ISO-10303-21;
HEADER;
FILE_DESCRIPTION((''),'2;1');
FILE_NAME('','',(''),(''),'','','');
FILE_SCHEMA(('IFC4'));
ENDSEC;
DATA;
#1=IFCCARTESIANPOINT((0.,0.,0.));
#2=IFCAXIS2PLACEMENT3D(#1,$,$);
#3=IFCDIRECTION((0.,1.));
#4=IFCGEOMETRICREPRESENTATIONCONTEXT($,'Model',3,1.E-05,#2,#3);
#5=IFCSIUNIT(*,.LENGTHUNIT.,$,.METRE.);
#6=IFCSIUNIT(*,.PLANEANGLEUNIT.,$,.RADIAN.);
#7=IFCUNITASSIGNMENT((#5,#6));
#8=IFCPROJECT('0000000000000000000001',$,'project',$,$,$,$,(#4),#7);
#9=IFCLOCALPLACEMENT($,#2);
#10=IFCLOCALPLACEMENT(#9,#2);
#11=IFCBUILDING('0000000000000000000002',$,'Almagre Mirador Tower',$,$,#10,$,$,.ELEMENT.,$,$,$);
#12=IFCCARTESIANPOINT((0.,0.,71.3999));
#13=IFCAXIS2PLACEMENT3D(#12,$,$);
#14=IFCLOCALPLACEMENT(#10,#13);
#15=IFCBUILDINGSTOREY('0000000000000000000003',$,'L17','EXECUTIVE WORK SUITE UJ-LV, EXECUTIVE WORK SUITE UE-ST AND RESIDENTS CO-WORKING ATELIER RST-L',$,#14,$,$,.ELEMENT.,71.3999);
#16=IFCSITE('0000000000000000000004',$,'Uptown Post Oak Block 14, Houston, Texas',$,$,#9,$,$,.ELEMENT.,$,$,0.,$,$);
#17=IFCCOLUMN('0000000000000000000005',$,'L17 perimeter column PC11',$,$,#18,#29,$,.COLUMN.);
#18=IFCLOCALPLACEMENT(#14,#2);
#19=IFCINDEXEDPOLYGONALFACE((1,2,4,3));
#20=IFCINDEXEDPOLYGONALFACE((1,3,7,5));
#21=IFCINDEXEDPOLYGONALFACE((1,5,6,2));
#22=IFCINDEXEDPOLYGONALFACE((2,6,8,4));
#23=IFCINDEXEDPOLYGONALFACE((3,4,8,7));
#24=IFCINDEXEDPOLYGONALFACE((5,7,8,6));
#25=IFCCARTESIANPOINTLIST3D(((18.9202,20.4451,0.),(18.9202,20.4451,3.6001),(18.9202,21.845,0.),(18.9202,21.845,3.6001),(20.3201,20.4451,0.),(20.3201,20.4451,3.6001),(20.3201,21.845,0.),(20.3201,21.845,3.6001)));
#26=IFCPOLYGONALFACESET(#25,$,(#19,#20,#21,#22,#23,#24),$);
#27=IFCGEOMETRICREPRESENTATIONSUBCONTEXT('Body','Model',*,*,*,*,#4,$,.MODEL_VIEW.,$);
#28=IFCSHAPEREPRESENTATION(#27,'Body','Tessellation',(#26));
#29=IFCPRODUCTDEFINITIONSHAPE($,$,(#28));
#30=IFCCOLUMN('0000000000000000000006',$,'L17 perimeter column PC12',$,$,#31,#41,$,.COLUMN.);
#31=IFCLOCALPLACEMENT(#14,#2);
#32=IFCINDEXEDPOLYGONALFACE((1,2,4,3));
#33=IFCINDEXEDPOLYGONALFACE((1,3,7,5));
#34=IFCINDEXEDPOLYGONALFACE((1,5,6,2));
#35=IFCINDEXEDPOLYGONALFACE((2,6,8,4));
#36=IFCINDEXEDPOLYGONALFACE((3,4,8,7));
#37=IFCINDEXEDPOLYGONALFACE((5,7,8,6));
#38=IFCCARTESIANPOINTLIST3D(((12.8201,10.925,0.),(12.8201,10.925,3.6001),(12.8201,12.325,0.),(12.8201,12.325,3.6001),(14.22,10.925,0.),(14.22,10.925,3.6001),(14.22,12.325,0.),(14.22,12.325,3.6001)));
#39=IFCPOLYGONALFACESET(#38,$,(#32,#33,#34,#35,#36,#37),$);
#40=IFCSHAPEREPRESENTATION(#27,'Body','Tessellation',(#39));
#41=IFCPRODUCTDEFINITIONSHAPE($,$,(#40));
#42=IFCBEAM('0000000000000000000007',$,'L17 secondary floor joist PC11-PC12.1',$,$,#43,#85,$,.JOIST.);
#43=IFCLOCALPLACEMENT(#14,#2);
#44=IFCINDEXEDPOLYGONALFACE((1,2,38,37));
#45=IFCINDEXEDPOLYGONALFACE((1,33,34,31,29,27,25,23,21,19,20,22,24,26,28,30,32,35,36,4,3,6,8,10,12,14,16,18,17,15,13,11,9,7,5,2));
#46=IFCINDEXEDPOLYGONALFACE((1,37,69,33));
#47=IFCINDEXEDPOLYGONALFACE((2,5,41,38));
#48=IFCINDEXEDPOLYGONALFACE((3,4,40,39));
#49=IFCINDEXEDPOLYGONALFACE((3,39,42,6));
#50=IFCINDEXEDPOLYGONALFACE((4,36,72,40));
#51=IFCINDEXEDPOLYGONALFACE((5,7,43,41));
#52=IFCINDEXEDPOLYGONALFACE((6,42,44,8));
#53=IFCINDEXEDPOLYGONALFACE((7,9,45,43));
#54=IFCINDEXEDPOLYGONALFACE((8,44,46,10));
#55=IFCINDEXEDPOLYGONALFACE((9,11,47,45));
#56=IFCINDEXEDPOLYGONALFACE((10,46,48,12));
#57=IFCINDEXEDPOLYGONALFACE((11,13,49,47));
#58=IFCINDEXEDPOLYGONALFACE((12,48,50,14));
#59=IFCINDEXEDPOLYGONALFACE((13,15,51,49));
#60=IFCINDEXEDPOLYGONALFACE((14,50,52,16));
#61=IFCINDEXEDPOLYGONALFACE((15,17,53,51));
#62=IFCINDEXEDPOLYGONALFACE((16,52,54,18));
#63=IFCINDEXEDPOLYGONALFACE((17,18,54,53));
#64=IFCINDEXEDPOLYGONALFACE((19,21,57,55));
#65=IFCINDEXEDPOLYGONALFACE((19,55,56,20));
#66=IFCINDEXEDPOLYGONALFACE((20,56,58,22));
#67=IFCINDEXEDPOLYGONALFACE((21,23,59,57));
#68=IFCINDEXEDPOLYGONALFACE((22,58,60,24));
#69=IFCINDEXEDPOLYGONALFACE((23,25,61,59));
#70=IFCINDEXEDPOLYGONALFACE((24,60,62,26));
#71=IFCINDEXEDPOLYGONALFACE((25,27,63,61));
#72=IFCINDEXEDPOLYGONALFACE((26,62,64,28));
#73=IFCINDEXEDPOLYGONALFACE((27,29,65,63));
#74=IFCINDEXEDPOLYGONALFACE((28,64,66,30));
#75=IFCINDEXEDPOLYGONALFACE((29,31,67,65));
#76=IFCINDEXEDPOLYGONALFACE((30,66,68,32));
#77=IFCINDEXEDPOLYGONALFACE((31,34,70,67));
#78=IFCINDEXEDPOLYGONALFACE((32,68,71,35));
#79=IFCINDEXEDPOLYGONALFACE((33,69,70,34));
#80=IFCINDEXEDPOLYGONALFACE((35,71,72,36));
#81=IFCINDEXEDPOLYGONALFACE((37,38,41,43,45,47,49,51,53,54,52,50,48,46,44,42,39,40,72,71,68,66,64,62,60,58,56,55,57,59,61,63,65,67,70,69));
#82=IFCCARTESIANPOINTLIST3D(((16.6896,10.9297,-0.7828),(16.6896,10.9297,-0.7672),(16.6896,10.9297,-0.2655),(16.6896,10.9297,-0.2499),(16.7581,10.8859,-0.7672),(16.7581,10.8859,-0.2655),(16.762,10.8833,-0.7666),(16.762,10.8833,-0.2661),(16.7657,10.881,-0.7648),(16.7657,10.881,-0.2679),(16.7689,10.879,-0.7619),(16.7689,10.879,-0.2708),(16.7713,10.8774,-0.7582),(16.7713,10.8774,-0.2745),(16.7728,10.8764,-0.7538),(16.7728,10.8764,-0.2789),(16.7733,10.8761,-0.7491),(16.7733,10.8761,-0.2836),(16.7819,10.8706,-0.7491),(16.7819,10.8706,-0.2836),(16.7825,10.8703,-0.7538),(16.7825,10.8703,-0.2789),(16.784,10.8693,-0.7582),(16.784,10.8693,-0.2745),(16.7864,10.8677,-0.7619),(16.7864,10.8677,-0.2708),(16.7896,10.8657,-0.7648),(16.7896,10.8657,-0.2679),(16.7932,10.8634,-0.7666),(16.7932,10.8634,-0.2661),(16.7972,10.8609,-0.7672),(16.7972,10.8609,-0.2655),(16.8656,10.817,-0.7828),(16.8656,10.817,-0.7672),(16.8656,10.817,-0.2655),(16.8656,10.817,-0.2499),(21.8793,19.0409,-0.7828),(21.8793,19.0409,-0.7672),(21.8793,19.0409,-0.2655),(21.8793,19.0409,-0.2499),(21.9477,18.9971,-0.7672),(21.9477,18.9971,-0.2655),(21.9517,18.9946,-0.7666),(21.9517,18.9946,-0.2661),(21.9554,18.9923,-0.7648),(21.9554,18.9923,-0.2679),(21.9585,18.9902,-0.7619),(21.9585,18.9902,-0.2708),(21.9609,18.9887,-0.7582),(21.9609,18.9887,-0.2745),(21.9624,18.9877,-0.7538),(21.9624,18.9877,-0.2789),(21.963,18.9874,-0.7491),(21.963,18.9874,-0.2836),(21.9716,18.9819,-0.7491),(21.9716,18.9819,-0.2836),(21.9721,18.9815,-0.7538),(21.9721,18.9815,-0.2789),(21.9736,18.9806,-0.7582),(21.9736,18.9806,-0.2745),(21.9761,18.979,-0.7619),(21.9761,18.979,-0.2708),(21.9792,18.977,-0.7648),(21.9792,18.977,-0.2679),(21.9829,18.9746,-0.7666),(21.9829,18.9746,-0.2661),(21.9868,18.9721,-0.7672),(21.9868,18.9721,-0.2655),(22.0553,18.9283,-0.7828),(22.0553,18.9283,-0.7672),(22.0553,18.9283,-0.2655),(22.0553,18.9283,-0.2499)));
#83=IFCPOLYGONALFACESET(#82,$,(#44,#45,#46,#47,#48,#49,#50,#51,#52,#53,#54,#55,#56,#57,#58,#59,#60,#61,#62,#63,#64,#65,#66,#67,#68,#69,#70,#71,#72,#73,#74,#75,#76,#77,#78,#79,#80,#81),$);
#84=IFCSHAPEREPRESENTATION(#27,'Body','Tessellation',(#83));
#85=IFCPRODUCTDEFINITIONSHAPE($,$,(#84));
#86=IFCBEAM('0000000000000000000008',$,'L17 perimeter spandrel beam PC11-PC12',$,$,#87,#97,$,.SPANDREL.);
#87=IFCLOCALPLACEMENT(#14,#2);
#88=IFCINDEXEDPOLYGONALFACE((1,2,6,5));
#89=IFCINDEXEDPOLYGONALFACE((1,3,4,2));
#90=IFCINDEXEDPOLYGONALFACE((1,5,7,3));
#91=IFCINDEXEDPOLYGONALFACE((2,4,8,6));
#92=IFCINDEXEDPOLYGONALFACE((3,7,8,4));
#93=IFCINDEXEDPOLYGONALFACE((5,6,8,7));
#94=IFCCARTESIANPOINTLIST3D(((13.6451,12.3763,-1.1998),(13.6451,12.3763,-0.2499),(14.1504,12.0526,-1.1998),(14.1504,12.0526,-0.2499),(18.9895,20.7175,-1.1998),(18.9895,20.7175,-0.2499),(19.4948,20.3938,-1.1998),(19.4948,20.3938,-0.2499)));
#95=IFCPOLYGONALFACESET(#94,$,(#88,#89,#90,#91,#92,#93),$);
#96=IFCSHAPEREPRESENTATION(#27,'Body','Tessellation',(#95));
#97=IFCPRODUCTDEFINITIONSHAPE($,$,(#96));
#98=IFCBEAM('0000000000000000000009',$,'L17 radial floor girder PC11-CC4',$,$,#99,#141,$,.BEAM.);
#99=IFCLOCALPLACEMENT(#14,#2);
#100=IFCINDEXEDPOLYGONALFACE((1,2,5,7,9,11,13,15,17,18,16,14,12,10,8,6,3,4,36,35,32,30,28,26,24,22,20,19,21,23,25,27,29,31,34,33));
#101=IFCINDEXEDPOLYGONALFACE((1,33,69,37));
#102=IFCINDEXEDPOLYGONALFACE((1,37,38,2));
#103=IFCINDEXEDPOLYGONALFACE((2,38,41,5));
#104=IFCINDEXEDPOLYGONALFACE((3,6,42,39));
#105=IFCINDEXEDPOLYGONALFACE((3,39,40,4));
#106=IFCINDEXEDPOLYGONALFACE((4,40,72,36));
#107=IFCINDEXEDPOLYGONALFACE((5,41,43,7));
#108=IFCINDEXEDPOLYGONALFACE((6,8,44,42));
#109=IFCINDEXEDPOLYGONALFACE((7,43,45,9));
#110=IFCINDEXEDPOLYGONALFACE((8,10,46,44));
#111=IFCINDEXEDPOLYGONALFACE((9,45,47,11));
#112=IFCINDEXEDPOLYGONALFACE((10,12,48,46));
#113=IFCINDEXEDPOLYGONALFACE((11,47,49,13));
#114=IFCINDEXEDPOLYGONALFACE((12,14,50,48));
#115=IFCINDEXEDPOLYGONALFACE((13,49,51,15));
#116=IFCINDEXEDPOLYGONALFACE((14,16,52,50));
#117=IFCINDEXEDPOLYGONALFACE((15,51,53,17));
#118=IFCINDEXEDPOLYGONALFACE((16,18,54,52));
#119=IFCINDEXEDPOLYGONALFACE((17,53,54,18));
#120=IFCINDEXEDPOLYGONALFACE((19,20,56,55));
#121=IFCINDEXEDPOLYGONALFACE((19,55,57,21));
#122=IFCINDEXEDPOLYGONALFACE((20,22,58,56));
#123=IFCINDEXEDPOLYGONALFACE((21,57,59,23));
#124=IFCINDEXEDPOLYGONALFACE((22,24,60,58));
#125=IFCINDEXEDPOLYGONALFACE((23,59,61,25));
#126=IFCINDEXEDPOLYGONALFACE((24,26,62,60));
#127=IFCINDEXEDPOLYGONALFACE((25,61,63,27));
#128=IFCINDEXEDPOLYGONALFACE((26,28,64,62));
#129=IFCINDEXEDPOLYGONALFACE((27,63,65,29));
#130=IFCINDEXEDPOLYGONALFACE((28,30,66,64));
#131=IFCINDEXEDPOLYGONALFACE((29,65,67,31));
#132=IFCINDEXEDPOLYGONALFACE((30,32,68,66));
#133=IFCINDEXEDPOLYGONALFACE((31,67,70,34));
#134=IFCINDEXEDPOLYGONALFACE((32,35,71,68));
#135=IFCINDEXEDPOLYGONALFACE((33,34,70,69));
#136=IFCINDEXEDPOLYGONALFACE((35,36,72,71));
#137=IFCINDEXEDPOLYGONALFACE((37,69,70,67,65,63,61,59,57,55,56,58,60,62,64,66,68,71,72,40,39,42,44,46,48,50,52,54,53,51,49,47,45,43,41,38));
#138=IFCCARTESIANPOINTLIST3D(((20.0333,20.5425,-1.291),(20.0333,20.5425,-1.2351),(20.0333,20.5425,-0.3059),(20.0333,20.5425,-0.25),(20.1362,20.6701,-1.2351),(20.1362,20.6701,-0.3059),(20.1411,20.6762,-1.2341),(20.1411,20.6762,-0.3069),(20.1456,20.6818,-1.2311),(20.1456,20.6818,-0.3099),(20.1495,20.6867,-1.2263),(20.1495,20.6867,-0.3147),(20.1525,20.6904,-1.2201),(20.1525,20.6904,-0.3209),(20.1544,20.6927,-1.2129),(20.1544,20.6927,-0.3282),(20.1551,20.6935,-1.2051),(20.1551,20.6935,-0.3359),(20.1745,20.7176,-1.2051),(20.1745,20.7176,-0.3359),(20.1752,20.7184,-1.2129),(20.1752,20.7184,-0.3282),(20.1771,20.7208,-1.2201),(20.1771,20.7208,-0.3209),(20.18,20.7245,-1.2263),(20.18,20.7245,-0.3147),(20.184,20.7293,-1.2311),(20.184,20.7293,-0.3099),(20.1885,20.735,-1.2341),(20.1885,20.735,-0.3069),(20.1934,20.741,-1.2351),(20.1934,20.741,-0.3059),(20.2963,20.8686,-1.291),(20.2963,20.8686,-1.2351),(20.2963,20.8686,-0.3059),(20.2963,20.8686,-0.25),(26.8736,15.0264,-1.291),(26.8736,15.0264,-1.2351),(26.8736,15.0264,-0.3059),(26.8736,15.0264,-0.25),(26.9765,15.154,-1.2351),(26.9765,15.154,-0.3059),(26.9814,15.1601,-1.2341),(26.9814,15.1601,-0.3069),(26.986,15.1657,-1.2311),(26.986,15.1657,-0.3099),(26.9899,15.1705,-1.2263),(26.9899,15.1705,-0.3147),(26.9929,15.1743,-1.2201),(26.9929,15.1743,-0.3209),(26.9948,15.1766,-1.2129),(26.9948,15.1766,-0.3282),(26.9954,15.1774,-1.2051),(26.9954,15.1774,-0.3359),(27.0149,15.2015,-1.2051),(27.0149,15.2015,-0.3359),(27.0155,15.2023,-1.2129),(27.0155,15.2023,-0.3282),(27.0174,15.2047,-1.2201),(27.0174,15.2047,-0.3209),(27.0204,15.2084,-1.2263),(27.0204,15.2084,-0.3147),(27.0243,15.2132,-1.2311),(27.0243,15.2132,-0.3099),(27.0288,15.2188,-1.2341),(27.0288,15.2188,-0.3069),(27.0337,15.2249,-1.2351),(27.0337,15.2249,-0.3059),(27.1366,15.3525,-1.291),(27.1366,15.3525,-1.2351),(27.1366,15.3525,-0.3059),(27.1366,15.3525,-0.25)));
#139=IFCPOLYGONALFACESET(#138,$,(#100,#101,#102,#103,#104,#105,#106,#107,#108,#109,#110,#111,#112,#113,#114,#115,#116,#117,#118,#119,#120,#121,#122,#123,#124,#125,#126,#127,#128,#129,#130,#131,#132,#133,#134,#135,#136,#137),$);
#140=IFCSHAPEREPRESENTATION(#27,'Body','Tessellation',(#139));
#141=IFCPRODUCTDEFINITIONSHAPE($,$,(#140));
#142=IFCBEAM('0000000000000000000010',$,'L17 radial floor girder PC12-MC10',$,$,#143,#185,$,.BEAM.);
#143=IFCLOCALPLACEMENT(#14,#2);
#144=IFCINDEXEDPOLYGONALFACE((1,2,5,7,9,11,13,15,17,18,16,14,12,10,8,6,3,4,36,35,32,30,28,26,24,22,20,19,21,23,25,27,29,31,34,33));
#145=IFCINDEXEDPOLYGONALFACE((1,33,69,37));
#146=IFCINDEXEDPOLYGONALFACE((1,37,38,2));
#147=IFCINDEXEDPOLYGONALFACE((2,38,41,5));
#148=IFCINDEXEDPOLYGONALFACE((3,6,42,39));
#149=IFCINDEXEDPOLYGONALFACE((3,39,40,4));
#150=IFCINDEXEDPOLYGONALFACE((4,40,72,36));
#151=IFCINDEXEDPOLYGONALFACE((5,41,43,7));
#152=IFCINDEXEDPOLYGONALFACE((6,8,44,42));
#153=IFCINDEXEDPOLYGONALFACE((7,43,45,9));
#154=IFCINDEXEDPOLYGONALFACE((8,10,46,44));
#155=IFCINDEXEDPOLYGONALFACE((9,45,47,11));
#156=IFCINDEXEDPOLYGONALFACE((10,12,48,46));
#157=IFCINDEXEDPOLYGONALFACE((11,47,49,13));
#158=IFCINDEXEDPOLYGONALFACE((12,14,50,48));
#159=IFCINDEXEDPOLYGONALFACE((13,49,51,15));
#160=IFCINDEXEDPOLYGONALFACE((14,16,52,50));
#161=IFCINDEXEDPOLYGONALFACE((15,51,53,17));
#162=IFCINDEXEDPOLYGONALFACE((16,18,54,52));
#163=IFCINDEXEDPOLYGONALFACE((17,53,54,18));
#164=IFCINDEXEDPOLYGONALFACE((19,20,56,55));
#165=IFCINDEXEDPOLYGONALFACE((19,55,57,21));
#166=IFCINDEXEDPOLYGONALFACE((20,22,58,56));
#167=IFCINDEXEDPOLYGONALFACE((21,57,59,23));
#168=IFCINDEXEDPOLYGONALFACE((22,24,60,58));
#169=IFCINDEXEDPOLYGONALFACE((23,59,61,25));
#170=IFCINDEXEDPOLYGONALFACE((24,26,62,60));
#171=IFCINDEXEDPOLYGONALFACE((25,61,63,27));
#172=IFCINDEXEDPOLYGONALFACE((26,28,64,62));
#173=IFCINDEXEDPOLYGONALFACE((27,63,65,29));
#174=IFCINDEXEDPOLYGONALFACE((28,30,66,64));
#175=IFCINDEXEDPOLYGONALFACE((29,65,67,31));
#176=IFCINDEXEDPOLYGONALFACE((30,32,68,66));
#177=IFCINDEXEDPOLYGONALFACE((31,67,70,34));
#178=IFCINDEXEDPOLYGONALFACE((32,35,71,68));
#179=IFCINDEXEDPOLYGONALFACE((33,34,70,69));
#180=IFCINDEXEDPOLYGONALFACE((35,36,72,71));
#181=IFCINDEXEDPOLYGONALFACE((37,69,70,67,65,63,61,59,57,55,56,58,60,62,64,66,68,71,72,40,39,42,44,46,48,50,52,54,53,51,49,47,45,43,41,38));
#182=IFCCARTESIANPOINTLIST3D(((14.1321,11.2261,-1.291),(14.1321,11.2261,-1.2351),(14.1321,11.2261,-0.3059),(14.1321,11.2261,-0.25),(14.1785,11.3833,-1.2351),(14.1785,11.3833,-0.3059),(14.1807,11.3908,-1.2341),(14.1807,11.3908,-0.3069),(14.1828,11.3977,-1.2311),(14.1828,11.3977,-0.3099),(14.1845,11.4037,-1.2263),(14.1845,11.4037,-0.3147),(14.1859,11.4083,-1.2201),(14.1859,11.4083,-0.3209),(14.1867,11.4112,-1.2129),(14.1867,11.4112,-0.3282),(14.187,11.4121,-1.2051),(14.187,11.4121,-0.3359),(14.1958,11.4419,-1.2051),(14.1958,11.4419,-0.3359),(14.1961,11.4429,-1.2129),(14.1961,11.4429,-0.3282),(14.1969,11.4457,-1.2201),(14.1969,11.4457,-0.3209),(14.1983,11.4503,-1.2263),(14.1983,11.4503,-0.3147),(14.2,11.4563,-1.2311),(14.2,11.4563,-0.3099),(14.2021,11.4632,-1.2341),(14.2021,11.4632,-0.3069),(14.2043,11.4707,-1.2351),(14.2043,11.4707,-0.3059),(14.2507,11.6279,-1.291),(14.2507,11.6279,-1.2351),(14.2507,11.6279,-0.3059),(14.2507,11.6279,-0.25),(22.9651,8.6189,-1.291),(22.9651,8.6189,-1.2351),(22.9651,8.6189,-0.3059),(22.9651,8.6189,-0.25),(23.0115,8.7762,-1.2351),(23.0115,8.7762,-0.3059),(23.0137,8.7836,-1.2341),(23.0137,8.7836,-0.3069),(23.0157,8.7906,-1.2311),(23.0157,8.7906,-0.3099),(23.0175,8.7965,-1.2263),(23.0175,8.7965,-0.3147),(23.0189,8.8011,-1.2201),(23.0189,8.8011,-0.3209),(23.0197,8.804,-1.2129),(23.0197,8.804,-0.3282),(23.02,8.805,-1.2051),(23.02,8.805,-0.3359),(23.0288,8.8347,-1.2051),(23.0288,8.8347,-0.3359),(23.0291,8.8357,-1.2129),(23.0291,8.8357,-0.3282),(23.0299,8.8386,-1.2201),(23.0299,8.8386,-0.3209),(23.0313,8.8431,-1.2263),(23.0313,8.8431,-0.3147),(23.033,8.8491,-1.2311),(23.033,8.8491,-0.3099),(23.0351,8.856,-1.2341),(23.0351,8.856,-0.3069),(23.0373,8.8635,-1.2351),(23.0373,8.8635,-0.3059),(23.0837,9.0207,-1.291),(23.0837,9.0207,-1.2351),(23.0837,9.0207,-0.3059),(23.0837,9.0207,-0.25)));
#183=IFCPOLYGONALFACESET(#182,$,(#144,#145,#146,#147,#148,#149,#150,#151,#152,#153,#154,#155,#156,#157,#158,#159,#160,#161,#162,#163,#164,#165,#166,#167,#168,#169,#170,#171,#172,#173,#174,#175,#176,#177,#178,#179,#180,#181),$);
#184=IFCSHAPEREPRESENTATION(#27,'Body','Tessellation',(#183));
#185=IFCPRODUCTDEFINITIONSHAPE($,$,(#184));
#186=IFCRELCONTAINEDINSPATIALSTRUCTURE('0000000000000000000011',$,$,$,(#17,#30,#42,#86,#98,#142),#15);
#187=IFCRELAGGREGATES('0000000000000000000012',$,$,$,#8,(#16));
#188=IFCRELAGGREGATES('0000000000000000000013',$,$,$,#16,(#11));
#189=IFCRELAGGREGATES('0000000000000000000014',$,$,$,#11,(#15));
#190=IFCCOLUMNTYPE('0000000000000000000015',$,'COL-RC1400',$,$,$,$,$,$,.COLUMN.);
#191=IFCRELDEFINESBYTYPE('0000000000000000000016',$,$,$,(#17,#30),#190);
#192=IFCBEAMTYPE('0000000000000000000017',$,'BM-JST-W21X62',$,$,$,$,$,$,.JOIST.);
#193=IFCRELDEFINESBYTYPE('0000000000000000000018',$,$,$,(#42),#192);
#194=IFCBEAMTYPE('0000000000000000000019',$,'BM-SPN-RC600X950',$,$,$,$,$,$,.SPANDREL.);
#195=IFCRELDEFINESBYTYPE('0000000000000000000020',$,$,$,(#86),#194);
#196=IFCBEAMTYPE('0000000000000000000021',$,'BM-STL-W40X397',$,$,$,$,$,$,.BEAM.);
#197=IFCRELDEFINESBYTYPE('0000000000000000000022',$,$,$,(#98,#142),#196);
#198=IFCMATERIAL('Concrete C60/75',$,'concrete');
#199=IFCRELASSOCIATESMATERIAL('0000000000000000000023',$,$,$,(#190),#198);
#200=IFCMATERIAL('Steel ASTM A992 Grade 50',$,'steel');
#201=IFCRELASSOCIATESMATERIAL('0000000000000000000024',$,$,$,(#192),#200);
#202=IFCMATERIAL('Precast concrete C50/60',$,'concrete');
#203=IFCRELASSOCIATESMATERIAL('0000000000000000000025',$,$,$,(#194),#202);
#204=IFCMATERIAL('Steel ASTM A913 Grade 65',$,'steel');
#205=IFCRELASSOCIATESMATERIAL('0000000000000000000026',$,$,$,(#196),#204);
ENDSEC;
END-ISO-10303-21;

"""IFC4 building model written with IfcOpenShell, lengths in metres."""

from ifc_helpers import new_model, si_unit, direction, frame, origin, origin_2d, place, context, subcontext, project, spatial, rectangle, i_section, extrude, material, material_profile, profile_set, type_object, element, save


model = new_model("IFC4")

# Units and contexts
model_context = context("Model", 3, precision=1e-05, world=origin(), true_north=direction((0.0, 1.0)))
body_context = subcontext(model_context, "Body", "Model", "MODEL_VIEW")
ifc_project = project(units=[si_unit("LENGTHUNIT", "METRE"), si_unit("PLANEANGLEUNIT", "RADIAN")], contexts=[model_context])

# Site, building, storey
site_placement = place(None, origin())
site = spatial("IfcSite", under=ifc_project, at=site_placement, Name="Uptown Post Oak Block 14, Houston, Texas", CompositionType="ELEMENT", RefElevation=0.0)
building_placement = place(site_placement, origin())
building = spatial("IfcBuilding", under=site, at=building_placement, Name="Almagre Mirador Tower", CompositionType="ELEMENT")
storey_placement = place(building_placement, frame((0.0, 0.0, 71.3999)))
storey = spatial("IfcBuildingStorey", under=building, at=storey_placement, Name="L17", Description="EXECUTIVE WORK SUITE UJ-LV, EXECUTIVE WORK SUITE UE-ST AND RESIDENTS CO-WORKING ATELIER RST-L", CompositionType="ELEMENT", Elevation=71.3999)

# Columns
ifc_material_1 = material(Name="Concrete C60/75", Category="concrete")
ifc_material_profile_1 = material_profile(ifc_material_1, rectangle(XDim=1.3999, YDim=1.3999, at=origin_2d()), Name="RC1400X1400")
ifc_profile_set_1 = profile_set([ifc_material_profile_1], Name="Concrete C60/75")
column_type = type_object("IfcColumnType", Name="COL-RC1400", PredefinedType="COLUMN", material=ifc_profile_set_1)
for number, where, z_axis, x_axis, name in (
    (1, (19.6201, 21.145, 0.0), (0.0, 0.0, 1.0), (1.0, 0.0, 0.0), "L17 perimeter column PC11"),
    (2, (13.52, 11.625, 0.0), (0.0, 0.0, 1.0), (1.0, 0.0, 0.0), "L17 perimeter column PC12"),
):
    element("IfcColumn", number, at=place(storey_placement, frame(where, z_axis=z_axis, x_axis=x_axis)), inside=storey, type_object=column_type, Name=name, PredefinedType="COLUMN", context=body_context, shape_type="SweptSolid", body=[
        extrude(rectangle(XDim=1.3999, YDim=1.3999, at=origin_2d()), origin(), (0.0, 0.0, 1.0), 3.6001),
    ])

# Beams
ifc_material_2 = material(Name="Steel ASTM A992 Grade 50", Category="steel")
ifc_material_profile_2 = material_profile(ifc_material_2, i_section(OverallWidth=0.209, OverallDepth=0.533, WebThickness=0.0103, FlangeThickness=0.0156, FilletRadius=0.0181, at=origin_2d()), Name="W21X62")
ifc_profile_set_2 = profile_set([ifc_material_profile_2], Name="Steel ASTM A992 Grade 50")
beam_type_1 = type_object("IfcBeamType", Name="BM-JST-W21X62", PredefinedType="JOIST", material=ifc_profile_set_2)
beam_1_placement = place(storey_placement, frame((21.9673, 18.9846, -0.5164), z_axis=(-0.538939, -0.842345, 0.0), x_axis=(0.842345, -0.538939, 0.0)))
element("IfcBeam", 3, at=beam_1_placement, inside=storey, type_object=beam_type_1, Name="L17 secondary floor joist PC11-PC12.1", PredefinedType="JOIST", context=body_context, shape_type="SweptSolid", body=[
    extrude(i_section(OverallWidth=0.209, OverallDepth=0.533, WebThickness=0.0103, FlangeThickness=0.0156, FilletRadius=0.0181, at=origin_2d()), origin(), (0.0, 0.0, 1.0), 9.6294),
])
ifc_material_3 = material(Name="Precast concrete C50/60", Category="concrete")
ifc_material_profile_3 = material_profile(ifc_material_3, rectangle(XDim=0.6001, YDim=0.95, at=origin_2d()), Name="RC600X950")
ifc_profile_set_3 = profile_set([ifc_material_profile_3], Name="Precast concrete C50/60")
beam_type_2 = type_object("IfcBeamType", Name="BM-SPN-RC600X950", PredefinedType="SPANDREL", material=ifc_profile_set_3)
beam_2_placement = place(storey_placement, frame((19.2422, 20.5557, -0.7249), z_axis=(-0.539487, -0.841994, 0.0), x_axis=(0.841994, -0.539487, 0.0)))
element("IfcBeam", 4, at=beam_2_placement, inside=storey, type_object=beam_type_2, Name="L17 perimeter spandrel beam PC11-PC12", PredefinedType="SPANDREL", context=body_context, shape_type="SweptSolid", body=[
    extrude(rectangle(XDim=0.6001, YDim=0.95, at=origin_2d()), origin(), (0.0, 0.0, 1.0), 9.9065),
])
ifc_material_4 = material(Name="Steel ASTM A913 Grade 65", Category="steel")
ifc_material_profile_4 = material_profile(ifc_material_4, i_section(OverallWidth=0.4189, OverallDepth=1.041, WebThickness=0.031, FlangeThickness=0.0559, FilletRadius=0.03, at=origin_2d()), Name="W40X397")
ifc_profile_set_4 = profile_set([ifc_material_profile_4], Name="Steel ASTM A913 Grade 65")
beam_type_3 = type_object("IfcBeamType", Name="BM-STL-W40X397", PredefinedType="BEAM", material=ifc_profile_set_4)
beam_3_placement = place(storey_placement, frame((20.1648, 20.7056, -0.7705), z_axis=(0.778429, -0.627733, 0.0), x_axis=(0.627733, 0.778429, 0.0)))
element("IfcBeam", 5, at=beam_3_placement, inside=storey, type_object=beam_type_3, Name="L17 radial floor girder PC11-CC4", PredefinedType="BEAM", context=body_context, shape_type="SweptSolid", body=[
    extrude(i_section(OverallWidth=0.4189, OverallDepth=1.041, WebThickness=0.031, FlangeThickness=0.0559, FilletRadius=0.03, at=origin_2d()), origin(), (0.0, 0.0, 1.0), 8.7874),
])
beam_4_placement = place(storey_placement, frame((14.1914, 11.427, -0.7705), z_axis=(0.959094, -0.283089, 0.0), x_axis=(0.283089, 0.959094, 0.0)))
element("IfcBeam", 6, at=beam_4_placement, inside=storey, type_object=beam_type_3, Name="L17 radial floor girder PC12-MC10", PredefinedType="BEAM", context=body_context, shape_type="SweptSolid", body=[
    extrude(i_section(OverallWidth=0.4189, OverallDepth=1.041, WebThickness=0.031, FlangeThickness=0.0559, FilletRadius=0.03, at=origin_2d()), origin(), (0.0, 0.0, 1.0), 9.2097),
])

save(model, "model.ifc")
